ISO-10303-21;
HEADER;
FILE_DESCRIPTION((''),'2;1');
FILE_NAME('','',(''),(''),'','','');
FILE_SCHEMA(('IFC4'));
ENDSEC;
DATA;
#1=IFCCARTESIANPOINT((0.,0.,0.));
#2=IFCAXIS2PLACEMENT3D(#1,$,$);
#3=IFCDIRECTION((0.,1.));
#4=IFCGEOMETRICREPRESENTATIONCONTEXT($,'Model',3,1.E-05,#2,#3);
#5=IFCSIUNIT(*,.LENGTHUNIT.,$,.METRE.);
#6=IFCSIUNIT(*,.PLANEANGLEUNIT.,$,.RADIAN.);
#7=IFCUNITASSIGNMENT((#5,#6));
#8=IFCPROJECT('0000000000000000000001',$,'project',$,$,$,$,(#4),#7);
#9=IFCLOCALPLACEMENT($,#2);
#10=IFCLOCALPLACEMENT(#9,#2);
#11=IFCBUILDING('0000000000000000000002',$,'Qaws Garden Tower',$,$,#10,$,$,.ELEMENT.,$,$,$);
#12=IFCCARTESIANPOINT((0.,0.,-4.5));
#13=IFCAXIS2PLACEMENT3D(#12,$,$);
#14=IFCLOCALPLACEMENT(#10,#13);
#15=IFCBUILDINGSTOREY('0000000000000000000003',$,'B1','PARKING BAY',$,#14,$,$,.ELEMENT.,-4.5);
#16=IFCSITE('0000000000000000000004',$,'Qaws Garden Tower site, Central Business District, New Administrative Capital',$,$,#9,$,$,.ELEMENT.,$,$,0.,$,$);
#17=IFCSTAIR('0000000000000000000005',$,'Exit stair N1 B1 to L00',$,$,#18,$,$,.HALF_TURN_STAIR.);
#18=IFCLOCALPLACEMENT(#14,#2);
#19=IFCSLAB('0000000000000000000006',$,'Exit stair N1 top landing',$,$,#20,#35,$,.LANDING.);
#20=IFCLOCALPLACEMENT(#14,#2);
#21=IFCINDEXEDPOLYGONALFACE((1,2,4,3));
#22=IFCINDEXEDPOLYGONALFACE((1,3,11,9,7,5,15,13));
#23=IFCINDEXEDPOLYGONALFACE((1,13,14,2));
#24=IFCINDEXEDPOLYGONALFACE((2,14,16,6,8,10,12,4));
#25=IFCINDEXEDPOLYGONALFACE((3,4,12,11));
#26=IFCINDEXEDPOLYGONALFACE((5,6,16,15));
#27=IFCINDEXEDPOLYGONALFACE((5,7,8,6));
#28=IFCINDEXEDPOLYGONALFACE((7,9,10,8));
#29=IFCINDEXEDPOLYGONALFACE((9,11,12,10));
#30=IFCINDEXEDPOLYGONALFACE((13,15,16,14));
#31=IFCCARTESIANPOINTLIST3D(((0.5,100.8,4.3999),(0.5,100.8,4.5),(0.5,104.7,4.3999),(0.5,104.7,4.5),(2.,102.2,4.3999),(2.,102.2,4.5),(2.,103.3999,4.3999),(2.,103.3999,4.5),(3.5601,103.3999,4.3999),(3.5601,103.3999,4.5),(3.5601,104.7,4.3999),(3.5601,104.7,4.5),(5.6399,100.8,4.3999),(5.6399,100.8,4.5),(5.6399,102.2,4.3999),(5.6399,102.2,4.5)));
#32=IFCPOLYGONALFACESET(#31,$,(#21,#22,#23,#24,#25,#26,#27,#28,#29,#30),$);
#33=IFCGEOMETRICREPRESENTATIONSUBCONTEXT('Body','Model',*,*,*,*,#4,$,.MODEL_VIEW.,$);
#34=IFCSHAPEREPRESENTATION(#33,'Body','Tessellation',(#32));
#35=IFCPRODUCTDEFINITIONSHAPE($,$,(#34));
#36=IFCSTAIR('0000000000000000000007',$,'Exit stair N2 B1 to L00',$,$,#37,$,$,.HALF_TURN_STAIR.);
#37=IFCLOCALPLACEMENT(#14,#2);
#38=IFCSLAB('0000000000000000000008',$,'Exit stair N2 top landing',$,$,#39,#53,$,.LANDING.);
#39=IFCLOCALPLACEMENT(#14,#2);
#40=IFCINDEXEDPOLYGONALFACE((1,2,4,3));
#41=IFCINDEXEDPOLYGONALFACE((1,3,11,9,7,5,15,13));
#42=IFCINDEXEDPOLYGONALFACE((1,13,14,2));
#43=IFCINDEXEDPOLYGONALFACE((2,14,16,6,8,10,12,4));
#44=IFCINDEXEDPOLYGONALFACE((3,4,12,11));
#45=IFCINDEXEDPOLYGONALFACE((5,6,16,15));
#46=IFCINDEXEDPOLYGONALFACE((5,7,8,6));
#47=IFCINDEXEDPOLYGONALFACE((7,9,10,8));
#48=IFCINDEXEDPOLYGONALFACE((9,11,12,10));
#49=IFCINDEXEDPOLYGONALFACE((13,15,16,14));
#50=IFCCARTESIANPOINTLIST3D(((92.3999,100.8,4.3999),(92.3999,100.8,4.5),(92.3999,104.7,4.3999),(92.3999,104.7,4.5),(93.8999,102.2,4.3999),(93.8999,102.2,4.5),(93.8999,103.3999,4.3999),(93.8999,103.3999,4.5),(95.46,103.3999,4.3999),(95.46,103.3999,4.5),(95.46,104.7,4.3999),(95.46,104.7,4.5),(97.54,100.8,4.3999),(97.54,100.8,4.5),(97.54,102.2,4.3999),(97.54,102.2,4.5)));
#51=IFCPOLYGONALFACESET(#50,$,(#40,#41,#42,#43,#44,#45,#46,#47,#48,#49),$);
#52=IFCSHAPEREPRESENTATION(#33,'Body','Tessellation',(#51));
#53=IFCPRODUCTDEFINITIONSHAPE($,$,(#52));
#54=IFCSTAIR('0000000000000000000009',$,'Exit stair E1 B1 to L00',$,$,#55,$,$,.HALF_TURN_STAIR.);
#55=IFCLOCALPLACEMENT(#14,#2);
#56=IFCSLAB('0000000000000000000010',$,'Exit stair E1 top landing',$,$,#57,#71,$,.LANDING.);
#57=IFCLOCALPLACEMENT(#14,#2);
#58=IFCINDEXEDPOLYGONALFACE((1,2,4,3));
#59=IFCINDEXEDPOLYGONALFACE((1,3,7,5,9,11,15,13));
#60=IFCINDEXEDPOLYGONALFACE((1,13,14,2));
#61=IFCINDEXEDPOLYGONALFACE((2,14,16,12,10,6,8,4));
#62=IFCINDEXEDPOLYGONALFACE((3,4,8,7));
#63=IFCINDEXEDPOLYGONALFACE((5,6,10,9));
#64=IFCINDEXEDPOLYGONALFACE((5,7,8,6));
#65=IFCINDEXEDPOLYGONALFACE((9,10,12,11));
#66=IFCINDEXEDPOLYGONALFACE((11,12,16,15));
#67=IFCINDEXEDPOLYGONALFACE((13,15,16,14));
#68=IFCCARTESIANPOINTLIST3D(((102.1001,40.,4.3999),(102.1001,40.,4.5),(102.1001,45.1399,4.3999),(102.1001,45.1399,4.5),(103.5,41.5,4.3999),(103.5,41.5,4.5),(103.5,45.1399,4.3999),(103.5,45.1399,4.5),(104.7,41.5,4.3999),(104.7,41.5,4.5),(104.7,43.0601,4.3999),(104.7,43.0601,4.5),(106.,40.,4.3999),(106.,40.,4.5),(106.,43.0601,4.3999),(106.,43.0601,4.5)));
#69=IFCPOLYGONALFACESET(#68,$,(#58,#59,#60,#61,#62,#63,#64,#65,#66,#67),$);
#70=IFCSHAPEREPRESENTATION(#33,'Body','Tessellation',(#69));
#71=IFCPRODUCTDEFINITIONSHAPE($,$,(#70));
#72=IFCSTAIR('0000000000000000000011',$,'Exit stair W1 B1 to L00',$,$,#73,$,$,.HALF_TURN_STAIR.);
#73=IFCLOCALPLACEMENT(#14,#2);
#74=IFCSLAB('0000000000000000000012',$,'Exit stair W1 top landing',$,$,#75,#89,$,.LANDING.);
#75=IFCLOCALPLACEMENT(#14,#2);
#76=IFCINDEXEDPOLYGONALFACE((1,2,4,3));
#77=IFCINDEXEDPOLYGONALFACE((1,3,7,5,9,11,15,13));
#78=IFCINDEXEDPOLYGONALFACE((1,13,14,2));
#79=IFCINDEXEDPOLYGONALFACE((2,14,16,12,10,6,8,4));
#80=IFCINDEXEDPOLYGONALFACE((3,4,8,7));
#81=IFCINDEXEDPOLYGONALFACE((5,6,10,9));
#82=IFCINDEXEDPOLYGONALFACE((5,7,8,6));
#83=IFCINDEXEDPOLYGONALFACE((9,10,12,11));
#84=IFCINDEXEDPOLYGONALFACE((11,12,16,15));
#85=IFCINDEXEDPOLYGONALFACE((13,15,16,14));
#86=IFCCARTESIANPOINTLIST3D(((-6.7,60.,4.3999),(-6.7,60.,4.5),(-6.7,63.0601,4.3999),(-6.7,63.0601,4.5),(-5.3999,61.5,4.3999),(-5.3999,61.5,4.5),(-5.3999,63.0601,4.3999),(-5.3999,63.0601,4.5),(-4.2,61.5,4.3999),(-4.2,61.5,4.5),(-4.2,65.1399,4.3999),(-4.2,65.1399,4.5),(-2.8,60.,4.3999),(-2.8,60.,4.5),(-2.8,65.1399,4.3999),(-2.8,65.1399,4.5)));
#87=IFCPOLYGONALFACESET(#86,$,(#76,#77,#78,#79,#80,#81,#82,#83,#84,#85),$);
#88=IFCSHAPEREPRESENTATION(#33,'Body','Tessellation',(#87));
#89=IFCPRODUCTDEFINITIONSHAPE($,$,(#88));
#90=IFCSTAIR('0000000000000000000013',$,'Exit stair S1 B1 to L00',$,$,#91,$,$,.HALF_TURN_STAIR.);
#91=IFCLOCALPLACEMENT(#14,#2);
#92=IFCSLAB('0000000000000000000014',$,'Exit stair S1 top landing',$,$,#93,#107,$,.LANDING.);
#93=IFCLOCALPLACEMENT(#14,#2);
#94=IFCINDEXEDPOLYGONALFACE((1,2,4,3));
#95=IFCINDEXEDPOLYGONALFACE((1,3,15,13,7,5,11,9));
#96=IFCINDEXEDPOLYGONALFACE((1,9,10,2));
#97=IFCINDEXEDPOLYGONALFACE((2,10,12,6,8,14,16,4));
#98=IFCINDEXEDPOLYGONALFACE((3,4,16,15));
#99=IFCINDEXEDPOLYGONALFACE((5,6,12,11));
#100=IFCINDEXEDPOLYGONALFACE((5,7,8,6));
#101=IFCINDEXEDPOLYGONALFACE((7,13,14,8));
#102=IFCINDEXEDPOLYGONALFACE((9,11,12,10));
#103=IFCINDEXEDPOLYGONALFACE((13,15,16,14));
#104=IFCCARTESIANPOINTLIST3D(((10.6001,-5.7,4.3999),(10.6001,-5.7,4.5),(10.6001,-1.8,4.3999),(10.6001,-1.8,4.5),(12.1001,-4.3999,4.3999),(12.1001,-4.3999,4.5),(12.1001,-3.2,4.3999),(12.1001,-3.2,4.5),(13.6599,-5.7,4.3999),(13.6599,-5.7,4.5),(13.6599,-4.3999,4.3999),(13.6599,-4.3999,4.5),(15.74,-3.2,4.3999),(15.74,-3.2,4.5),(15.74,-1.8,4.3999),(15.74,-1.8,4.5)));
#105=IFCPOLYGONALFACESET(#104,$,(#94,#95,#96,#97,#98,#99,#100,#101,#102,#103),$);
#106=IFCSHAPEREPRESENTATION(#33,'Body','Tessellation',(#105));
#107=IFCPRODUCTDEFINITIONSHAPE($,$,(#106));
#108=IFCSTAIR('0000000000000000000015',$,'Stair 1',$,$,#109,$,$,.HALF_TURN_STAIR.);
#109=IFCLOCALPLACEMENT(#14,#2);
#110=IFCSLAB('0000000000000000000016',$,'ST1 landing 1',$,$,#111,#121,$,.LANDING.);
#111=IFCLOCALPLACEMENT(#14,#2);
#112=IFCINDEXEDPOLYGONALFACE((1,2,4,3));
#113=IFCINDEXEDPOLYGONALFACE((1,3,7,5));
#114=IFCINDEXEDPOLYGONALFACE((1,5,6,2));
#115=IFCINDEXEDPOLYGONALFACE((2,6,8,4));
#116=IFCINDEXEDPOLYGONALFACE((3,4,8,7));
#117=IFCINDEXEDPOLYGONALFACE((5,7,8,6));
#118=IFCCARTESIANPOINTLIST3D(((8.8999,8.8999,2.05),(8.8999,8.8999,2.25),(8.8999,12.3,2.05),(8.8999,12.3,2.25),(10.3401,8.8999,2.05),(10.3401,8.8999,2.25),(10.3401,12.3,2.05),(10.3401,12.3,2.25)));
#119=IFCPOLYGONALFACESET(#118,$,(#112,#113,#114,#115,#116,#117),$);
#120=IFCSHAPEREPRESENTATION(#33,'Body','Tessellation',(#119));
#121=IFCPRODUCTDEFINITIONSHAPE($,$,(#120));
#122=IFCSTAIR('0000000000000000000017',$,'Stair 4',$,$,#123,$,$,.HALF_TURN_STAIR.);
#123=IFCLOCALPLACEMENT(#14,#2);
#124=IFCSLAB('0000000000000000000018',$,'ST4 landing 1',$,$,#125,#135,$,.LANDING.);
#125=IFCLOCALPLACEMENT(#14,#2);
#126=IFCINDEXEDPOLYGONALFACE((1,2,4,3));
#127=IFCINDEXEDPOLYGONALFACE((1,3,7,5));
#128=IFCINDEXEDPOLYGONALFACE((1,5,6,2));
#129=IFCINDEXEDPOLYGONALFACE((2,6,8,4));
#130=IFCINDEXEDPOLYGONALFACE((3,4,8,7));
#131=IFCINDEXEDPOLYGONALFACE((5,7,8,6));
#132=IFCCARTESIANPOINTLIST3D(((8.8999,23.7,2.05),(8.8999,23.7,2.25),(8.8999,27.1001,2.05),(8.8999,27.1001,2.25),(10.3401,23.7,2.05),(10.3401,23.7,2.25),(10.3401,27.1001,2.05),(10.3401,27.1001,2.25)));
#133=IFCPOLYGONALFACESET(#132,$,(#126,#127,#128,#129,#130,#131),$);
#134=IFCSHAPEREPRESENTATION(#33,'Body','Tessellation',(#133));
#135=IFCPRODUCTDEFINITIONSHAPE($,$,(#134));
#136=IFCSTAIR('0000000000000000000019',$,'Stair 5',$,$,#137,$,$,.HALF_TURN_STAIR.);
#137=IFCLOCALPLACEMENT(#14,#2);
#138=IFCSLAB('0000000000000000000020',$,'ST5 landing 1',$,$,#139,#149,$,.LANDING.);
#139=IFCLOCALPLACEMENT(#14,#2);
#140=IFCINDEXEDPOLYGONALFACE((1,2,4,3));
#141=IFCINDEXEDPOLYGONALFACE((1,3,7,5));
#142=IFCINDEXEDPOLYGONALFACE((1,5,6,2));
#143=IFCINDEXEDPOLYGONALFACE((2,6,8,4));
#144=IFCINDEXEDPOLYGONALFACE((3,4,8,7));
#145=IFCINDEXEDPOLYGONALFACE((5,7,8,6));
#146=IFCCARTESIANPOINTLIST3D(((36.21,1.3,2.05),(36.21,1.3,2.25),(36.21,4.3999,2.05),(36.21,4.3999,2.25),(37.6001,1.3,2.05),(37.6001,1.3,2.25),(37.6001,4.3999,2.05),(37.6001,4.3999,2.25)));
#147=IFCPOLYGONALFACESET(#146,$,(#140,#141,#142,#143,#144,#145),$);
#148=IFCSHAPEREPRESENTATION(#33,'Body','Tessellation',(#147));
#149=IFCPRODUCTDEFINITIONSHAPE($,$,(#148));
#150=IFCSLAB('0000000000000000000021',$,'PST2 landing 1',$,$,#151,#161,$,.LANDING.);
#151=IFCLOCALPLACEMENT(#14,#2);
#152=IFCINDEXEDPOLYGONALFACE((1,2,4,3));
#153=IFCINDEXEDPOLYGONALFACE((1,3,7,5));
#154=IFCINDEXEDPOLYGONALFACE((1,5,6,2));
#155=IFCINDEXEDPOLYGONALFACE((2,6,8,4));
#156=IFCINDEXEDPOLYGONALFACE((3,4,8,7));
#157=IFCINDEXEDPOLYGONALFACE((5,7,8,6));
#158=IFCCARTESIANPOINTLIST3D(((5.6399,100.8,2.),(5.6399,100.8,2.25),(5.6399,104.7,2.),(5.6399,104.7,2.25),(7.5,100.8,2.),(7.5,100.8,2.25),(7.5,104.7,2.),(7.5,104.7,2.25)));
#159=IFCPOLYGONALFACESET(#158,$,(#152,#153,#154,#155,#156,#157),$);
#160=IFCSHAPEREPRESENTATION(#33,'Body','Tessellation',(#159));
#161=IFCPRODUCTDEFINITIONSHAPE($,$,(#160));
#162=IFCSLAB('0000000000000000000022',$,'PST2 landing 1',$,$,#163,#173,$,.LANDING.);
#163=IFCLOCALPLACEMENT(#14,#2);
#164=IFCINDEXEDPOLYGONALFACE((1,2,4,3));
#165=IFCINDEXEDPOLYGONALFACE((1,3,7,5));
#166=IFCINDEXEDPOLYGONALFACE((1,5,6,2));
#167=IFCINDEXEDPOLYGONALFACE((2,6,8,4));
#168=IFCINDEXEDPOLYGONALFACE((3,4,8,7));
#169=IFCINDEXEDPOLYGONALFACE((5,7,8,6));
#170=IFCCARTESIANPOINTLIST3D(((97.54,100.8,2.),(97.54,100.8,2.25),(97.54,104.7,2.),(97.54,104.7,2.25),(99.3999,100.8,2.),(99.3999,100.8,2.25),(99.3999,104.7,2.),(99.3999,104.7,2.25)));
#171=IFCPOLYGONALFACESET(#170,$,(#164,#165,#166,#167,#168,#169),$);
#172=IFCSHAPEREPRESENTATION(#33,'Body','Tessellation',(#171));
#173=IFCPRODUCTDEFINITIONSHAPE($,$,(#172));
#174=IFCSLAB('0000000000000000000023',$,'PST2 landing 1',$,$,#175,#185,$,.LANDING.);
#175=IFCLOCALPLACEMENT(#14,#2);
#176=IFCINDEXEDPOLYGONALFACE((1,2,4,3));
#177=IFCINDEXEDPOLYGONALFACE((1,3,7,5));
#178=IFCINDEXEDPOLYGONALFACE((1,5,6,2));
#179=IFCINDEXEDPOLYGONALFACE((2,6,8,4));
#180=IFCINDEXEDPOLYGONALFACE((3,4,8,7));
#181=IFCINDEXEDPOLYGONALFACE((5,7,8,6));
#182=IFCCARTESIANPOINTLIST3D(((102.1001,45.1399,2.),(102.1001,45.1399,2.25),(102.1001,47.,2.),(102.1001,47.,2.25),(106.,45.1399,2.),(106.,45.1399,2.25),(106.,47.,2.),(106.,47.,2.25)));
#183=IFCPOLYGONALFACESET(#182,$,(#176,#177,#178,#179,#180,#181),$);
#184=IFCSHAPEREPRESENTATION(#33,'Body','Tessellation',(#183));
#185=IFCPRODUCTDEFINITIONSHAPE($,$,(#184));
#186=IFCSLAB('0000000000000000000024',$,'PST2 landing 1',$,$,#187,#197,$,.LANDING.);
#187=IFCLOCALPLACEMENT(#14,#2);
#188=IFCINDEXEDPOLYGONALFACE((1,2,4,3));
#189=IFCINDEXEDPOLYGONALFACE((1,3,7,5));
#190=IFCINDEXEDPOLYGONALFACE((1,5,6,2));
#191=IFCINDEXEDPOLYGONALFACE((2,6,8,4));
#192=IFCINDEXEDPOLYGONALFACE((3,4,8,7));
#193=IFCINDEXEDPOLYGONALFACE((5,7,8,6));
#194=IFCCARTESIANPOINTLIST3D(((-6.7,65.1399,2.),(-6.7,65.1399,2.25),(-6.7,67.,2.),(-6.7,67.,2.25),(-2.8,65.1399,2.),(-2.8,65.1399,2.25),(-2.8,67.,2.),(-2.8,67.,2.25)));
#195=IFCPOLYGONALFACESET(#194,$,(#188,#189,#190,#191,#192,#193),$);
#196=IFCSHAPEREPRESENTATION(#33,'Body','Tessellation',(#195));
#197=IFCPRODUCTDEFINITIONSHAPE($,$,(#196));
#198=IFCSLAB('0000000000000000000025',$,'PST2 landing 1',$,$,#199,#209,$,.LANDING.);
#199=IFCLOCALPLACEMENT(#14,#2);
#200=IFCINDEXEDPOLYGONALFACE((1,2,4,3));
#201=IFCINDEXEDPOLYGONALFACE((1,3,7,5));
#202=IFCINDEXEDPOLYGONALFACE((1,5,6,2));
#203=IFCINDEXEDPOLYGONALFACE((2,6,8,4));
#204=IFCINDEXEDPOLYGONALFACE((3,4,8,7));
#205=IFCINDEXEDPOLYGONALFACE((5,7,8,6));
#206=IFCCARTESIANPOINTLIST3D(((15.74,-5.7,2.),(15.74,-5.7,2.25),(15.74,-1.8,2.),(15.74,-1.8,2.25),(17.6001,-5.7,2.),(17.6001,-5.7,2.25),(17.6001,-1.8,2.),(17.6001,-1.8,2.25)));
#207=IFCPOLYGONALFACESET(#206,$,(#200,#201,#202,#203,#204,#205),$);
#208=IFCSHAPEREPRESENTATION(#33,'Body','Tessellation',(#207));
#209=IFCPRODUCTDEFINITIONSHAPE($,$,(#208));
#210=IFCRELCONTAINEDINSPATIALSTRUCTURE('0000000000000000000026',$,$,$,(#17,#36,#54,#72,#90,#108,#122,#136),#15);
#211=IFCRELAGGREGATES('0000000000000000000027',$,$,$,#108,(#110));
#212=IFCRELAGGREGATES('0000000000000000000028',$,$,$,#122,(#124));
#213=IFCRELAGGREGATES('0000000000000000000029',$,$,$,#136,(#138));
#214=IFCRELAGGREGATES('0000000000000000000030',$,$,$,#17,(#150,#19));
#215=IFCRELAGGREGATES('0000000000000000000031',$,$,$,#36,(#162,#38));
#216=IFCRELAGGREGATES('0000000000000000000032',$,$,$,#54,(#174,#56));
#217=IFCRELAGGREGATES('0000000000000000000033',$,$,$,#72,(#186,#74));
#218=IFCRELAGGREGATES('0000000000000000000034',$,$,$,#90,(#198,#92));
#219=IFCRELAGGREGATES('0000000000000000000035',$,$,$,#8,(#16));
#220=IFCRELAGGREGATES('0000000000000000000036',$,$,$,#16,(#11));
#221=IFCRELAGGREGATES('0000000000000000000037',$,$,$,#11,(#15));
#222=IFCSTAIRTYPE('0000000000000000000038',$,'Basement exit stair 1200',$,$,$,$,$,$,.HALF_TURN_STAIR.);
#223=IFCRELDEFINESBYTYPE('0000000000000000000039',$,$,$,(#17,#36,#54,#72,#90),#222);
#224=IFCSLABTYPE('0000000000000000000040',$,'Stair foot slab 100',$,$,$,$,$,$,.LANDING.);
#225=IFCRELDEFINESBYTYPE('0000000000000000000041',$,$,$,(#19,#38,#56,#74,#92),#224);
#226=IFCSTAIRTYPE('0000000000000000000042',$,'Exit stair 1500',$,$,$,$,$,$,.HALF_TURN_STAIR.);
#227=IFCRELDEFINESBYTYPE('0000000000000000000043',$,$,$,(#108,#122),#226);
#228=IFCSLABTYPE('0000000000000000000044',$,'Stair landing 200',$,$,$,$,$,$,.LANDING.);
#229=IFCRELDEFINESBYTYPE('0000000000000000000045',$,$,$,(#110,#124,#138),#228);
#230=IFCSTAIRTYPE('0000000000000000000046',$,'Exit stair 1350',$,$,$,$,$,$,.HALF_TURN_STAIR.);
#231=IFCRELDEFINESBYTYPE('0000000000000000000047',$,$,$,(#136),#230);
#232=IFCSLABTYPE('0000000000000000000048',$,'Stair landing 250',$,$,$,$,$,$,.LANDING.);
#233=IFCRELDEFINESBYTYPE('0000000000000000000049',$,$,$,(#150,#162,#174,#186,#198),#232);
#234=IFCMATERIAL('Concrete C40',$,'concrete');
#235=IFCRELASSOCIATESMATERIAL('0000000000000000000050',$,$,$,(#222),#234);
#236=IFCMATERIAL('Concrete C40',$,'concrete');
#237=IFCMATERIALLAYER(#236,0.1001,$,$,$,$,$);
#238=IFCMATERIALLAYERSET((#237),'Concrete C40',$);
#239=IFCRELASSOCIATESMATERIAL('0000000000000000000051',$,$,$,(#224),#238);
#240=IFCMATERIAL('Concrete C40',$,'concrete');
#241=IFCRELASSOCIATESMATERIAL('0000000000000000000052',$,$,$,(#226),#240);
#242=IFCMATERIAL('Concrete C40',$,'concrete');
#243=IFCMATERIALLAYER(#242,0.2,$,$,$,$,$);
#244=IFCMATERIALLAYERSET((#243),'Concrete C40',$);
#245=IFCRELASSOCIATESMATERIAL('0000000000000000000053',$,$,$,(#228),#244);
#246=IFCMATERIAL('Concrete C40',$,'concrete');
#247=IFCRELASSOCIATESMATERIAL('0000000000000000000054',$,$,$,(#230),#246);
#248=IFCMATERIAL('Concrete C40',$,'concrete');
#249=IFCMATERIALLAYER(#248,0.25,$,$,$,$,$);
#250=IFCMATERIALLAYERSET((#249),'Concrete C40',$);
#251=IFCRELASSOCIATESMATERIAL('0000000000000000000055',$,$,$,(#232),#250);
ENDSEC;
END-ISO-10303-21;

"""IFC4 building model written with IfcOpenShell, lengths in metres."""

from ifc_helpers import new_model, si_unit, direction, frame, origin, place, context, subcontext, project, spatial, polyline, outline, extrude, material, layer, layer_set, type_object, element, aggregate, save


model = new_model("IFC4")

# Units and contexts
model_context = context("Model", 3, precision=1e-05, world=origin(), true_north=direction((0.0, 1.0)))
body_context = subcontext(model_context, "Body", "Model", "MODEL_VIEW")
ifc_project = project(units=[si_unit("LENGTHUNIT", "METRE"), si_unit("PLANEANGLEUNIT", "RADIAN")], contexts=[model_context])

# Site, building, storey
site_placement = place(None, origin())
site = spatial("IfcSite", under=ifc_project, at=site_placement, Name="Qaws Garden Tower site, Central Business District, New Administrative Capital", CompositionType="ELEMENT", RefElevation=0.0)
building_placement = place(site_placement, origin())
building = spatial("IfcBuilding", under=site, at=building_placement, Name="Qaws Garden Tower", CompositionType="ELEMENT")
storey_placement = place(building_placement, frame((0.0, 0.0, -4.5)))
storey = spatial("IfcBuildingStorey", under=building, at=storey_placement, Name="B1", Description="PARKING BAY", CompositionType="ELEMENT", Elevation=-4.5)

# Stairs, slabs
ifc_material_1 = material(Name="Concrete C40", Category="concrete")
stair_type_1 = type_object("IfcStairType", Name="Basement exit stair 1200", PredefinedType="HALF_TURN_STAIR", material=ifc_material_1)
placement_1 = place(storey_placement, origin())
stair_1 = element("IfcStair", 1, at=placement_1, inside=storey, type_object=stair_type_1, Name="Exit stair N1 B1 to L00", PredefinedType="HALF_TURN_STAIR")
ifc_material_2 = material(Name="Concrete C40", Category="concrete")
ifc_layer_1 = layer(ifc_material_2, 0.1001)
ifc_layer_set_1 = layer_set([ifc_layer_1], Name="Concrete C40")
slab_type_1 = type_object("IfcSlabType", Name="Stair foot slab 100", PredefinedType="LANDING", material=ifc_layer_set_1)
placement_2 = place(building_placement, origin())
placement_3 = place(placement_2, frame((0.0, 0.0, -0.1001)))
slab_1 = element("IfcSlab", 2, at=placement_3, type_object=slab_type_1, Name="Exit stair N1 top landing", PredefinedType="LANDING", context=body_context, shape_type="SweptSolid", body=[
    extrude(outline(polyline([(0.5, 100.8), (5.6399, 100.8), (5.6399, 102.2), (2.0, 102.2), (2.0, 103.3999), (3.5601, 103.3999), (3.5601, 104.7), (0.5, 104.7), (0.5, 100.8)])), origin(), (0.0, 0.0, 1.0), 0.1001),
])
stair_2 = element("IfcStair", 3, at=placement_1, inside=storey, type_object=stair_type_1, Name="Exit stair N2 B1 to L00", PredefinedType="HALF_TURN_STAIR")
slab_2 = element("IfcSlab", 4, at=placement_3, type_object=slab_type_1, Name="Exit stair N2 top landing", PredefinedType="LANDING", context=body_context, shape_type="SweptSolid", body=[
    extrude(outline(polyline([(92.3999, 100.8), (97.54, 100.8), (97.54, 102.2), (93.8999, 102.2), (93.8999, 103.3999), (95.46, 103.3999), (95.46, 104.7), (92.3999, 104.7), (92.3999, 100.8)])), origin(), (0.0, 0.0, 1.0), 0.1001),
])
stair_3 = element("IfcStair", 5, at=placement_1, inside=storey, type_object=stair_type_1, Name="Exit stair E1 B1 to L00", PredefinedType="HALF_TURN_STAIR")
slab_3 = element("IfcSlab", 6, at=placement_3, type_object=slab_type_1, Name="Exit stair E1 top landing", PredefinedType="LANDING", context=body_context, shape_type="SweptSolid", body=[
    extrude(outline(polyline([(102.1001, 40.0), (106.0, 40.0), (106.0, 43.0601), (104.7, 43.0601), (104.7, 41.5), (103.5, 41.5), (103.5, 45.1399), (102.1001, 45.1399), (102.1001, 40.0)])), origin(), (0.0, 0.0, 1.0), 0.1001),
])
stair_4 = element("IfcStair", 7, at=placement_1, inside=storey, type_object=stair_type_1, Name="Exit stair W1 B1 to L00", PredefinedType="HALF_TURN_STAIR")
slab_4 = element("IfcSlab", 8, at=placement_3, type_object=slab_type_1, Name="Exit stair W1 top landing", PredefinedType="LANDING", context=body_context, shape_type="SweptSolid", body=[
    extrude(outline(polyline([(-6.7, 60.0), (-2.8, 60.0), (-2.8, 65.1399), (-4.2, 65.1399), (-4.2, 61.5), (-5.3999, 61.5), (-5.3999, 63.0601), (-6.7, 63.0601), (-6.7, 60.0)])), origin(), (0.0, 0.0, 1.0), 0.1001),
])
stair_5 = element("IfcStair", 9, at=placement_1, inside=storey, type_object=stair_type_1, Name="Exit stair S1 B1 to L00", PredefinedType="HALF_TURN_STAIR")
slab_5 = element("IfcSlab", 10, at=placement_3, type_object=slab_type_1, Name="Exit stair S1 top landing", PredefinedType="LANDING", context=body_context, shape_type="SweptSolid", body=[
    extrude(outline(polyline([(10.6001, -5.7), (13.6599, -5.7), (13.6599, -4.3999), (12.1001, -4.3999), (12.1001, -3.2), (15.74, -3.2), (15.74, -1.8), (10.6001, -1.8), (10.6001, -5.7)])), origin(), (0.0, 0.0, 1.0), 0.1001),
])
ifc_material_3 = material(Name="Concrete C40", Category="concrete")
stair_type_2 = type_object("IfcStairType", Name="Exit stair 1500", PredefinedType="HALF_TURN_STAIR", material=ifc_material_3)
stair_6 = element("IfcStair", 11, at=placement_1, inside=storey, type_object=stair_type_2, Name="Stair 1", PredefinedType="HALF_TURN_STAIR")
ifc_material_4 = material(Name="Concrete C40", Category="concrete")
ifc_layer_2 = layer(ifc_material_4, 0.2)
ifc_layer_set_2 = layer_set([ifc_layer_2], Name="Concrete C40")
slab_type_2 = type_object("IfcSlabType", Name="Stair landing 200", PredefinedType="LANDING", material=ifc_layer_set_2)
placement_4 = place(storey_placement, frame((0.0, 0.0, 2.05)))
slab_6 = element("IfcSlab", 12, at=placement_4, type_object=slab_type_2, Name="ST1 landing 1", PredefinedType="LANDING", context=body_context, shape_type="SweptSolid", body=[
    extrude(outline(polyline([(8.8999, 8.8999), (10.3401, 8.8999), (10.3401, 12.3), (8.8999, 12.3), (8.8999, 8.8999)])), origin(), (0.0, 0.0, 1.0), 0.2),
])
aggregate(stair_6, [slab_6])
stair_7 = element("IfcStair", 13, at=placement_1, inside=storey, type_object=stair_type_2, Name="Stair 4", PredefinedType="HALF_TURN_STAIR")
slab_7 = element("IfcSlab", 14, at=placement_4, type_object=slab_type_2, Name="ST4 landing 1", PredefinedType="LANDING", context=body_context, shape_type="SweptSolid", body=[
    extrude(outline(polyline([(8.8999, 23.7), (10.3401, 23.7), (10.3401, 27.1001), (8.8999, 27.1001), (8.8999, 23.7)])), origin(), (0.0, 0.0, 1.0), 0.2),
])
aggregate(stair_7, [slab_7])
ifc_material_5 = material(Name="Concrete C40", Category="concrete")
stair_type_3 = type_object("IfcStairType", Name="Exit stair 1350", PredefinedType="HALF_TURN_STAIR", material=ifc_material_5)
stair_8 = element("IfcStair", 15, at=placement_1, inside=storey, type_object=stair_type_3, Name="Stair 5", PredefinedType="HALF_TURN_STAIR")
slab_8 = element("IfcSlab", 16, at=placement_4, type_object=slab_type_2, Name="ST5 landing 1", PredefinedType="LANDING", context=body_context, shape_type="SweptSolid", body=[
    extrude(outline(polyline([(36.21, 1.3), (37.6001, 1.3), (37.6001, 4.3999), (36.21, 4.3999), (36.21, 1.3)])), origin(), (0.0, 0.0, 1.0), 0.2),
])
aggregate(stair_8, [slab_8])

# Slabs
ifc_material_6 = material(Name="Concrete C40", Category="concrete")
ifc_layer_3 = layer(ifc_material_6, 0.25)
ifc_layer_set_3 = layer_set([ifc_layer_3], Name="Concrete C40")
slab_type_3 = type_object("IfcSlabType", Name="Stair landing 250", PredefinedType="LANDING", material=ifc_layer_set_3)
placement_5 = place(storey_placement, frame((0.0, 0.0, 2.0)))
slab_9 = element("IfcSlab", 17, at=placement_5, type_object=slab_type_3, Name="PST2 landing 1", PredefinedType="LANDING", context=body_context, shape_type="SweptSolid", body=[
    extrude(outline(polyline([(5.6399, 100.8), (7.5, 100.8), (7.5, 104.7), (5.6399, 104.7), (5.6399, 100.8)])), origin(), (0.0, 0.0, 1.0), 0.25),
])
aggregate(stair_1, [slab_9, slab_1])
slab_10 = element("IfcSlab", 18, at=placement_5, type_object=slab_type_3, Name="PST2 landing 1", PredefinedType="LANDING", context=body_context, shape_type="SweptSolid", body=[
    extrude(outline(polyline([(97.54, 100.8), (99.3999, 100.8), (99.3999, 104.7), (97.54, 104.7), (97.54, 100.8)])), origin(), (0.0, 0.0, 1.0), 0.25),
])
aggregate(stair_2, [slab_10, slab_2])
slab_11 = element("IfcSlab", 19, at=placement_5, type_object=slab_type_3, Name="PST2 landing 1", PredefinedType="LANDING", context=body_context, shape_type="SweptSolid", body=[
    extrude(outline(polyline([(102.1001, 45.1399), (102.1001, 47.0), (106.0, 47.0), (106.0, 45.1399), (102.1001, 45.1399)])), origin(), (0.0, 0.0, 1.0), 0.25),
])
aggregate(stair_3, [slab_11, slab_3])
slab_12 = element("IfcSlab", 20, at=placement_5, type_object=slab_type_3, Name="PST2 landing 1", PredefinedType="LANDING", context=body_context, shape_type="SweptSolid", body=[
    extrude(outline(polyline([(-2.8, 65.1399), (-2.8, 67.0), (-6.7, 67.0), (-6.7, 65.1399), (-2.8, 65.1399)])), origin(), (0.0, 0.0, 1.0), 0.25),
])
aggregate(stair_4, [slab_12, slab_4])
slab_13 = element("IfcSlab", 21, at=placement_5, type_object=slab_type_3, Name="PST2 landing 1", PredefinedType="LANDING", context=body_context, shape_type="SweptSolid", body=[
    extrude(outline(polyline([(15.74, -1.8), (17.6001, -1.8), (17.6001, -5.7), (15.74, -5.7), (15.74, -1.8)])), origin(), (0.0, 0.0, 1.0), 0.25),
])
aggregate(stair_5, [slab_13, slab_5])

save(model, "model.ifc")
